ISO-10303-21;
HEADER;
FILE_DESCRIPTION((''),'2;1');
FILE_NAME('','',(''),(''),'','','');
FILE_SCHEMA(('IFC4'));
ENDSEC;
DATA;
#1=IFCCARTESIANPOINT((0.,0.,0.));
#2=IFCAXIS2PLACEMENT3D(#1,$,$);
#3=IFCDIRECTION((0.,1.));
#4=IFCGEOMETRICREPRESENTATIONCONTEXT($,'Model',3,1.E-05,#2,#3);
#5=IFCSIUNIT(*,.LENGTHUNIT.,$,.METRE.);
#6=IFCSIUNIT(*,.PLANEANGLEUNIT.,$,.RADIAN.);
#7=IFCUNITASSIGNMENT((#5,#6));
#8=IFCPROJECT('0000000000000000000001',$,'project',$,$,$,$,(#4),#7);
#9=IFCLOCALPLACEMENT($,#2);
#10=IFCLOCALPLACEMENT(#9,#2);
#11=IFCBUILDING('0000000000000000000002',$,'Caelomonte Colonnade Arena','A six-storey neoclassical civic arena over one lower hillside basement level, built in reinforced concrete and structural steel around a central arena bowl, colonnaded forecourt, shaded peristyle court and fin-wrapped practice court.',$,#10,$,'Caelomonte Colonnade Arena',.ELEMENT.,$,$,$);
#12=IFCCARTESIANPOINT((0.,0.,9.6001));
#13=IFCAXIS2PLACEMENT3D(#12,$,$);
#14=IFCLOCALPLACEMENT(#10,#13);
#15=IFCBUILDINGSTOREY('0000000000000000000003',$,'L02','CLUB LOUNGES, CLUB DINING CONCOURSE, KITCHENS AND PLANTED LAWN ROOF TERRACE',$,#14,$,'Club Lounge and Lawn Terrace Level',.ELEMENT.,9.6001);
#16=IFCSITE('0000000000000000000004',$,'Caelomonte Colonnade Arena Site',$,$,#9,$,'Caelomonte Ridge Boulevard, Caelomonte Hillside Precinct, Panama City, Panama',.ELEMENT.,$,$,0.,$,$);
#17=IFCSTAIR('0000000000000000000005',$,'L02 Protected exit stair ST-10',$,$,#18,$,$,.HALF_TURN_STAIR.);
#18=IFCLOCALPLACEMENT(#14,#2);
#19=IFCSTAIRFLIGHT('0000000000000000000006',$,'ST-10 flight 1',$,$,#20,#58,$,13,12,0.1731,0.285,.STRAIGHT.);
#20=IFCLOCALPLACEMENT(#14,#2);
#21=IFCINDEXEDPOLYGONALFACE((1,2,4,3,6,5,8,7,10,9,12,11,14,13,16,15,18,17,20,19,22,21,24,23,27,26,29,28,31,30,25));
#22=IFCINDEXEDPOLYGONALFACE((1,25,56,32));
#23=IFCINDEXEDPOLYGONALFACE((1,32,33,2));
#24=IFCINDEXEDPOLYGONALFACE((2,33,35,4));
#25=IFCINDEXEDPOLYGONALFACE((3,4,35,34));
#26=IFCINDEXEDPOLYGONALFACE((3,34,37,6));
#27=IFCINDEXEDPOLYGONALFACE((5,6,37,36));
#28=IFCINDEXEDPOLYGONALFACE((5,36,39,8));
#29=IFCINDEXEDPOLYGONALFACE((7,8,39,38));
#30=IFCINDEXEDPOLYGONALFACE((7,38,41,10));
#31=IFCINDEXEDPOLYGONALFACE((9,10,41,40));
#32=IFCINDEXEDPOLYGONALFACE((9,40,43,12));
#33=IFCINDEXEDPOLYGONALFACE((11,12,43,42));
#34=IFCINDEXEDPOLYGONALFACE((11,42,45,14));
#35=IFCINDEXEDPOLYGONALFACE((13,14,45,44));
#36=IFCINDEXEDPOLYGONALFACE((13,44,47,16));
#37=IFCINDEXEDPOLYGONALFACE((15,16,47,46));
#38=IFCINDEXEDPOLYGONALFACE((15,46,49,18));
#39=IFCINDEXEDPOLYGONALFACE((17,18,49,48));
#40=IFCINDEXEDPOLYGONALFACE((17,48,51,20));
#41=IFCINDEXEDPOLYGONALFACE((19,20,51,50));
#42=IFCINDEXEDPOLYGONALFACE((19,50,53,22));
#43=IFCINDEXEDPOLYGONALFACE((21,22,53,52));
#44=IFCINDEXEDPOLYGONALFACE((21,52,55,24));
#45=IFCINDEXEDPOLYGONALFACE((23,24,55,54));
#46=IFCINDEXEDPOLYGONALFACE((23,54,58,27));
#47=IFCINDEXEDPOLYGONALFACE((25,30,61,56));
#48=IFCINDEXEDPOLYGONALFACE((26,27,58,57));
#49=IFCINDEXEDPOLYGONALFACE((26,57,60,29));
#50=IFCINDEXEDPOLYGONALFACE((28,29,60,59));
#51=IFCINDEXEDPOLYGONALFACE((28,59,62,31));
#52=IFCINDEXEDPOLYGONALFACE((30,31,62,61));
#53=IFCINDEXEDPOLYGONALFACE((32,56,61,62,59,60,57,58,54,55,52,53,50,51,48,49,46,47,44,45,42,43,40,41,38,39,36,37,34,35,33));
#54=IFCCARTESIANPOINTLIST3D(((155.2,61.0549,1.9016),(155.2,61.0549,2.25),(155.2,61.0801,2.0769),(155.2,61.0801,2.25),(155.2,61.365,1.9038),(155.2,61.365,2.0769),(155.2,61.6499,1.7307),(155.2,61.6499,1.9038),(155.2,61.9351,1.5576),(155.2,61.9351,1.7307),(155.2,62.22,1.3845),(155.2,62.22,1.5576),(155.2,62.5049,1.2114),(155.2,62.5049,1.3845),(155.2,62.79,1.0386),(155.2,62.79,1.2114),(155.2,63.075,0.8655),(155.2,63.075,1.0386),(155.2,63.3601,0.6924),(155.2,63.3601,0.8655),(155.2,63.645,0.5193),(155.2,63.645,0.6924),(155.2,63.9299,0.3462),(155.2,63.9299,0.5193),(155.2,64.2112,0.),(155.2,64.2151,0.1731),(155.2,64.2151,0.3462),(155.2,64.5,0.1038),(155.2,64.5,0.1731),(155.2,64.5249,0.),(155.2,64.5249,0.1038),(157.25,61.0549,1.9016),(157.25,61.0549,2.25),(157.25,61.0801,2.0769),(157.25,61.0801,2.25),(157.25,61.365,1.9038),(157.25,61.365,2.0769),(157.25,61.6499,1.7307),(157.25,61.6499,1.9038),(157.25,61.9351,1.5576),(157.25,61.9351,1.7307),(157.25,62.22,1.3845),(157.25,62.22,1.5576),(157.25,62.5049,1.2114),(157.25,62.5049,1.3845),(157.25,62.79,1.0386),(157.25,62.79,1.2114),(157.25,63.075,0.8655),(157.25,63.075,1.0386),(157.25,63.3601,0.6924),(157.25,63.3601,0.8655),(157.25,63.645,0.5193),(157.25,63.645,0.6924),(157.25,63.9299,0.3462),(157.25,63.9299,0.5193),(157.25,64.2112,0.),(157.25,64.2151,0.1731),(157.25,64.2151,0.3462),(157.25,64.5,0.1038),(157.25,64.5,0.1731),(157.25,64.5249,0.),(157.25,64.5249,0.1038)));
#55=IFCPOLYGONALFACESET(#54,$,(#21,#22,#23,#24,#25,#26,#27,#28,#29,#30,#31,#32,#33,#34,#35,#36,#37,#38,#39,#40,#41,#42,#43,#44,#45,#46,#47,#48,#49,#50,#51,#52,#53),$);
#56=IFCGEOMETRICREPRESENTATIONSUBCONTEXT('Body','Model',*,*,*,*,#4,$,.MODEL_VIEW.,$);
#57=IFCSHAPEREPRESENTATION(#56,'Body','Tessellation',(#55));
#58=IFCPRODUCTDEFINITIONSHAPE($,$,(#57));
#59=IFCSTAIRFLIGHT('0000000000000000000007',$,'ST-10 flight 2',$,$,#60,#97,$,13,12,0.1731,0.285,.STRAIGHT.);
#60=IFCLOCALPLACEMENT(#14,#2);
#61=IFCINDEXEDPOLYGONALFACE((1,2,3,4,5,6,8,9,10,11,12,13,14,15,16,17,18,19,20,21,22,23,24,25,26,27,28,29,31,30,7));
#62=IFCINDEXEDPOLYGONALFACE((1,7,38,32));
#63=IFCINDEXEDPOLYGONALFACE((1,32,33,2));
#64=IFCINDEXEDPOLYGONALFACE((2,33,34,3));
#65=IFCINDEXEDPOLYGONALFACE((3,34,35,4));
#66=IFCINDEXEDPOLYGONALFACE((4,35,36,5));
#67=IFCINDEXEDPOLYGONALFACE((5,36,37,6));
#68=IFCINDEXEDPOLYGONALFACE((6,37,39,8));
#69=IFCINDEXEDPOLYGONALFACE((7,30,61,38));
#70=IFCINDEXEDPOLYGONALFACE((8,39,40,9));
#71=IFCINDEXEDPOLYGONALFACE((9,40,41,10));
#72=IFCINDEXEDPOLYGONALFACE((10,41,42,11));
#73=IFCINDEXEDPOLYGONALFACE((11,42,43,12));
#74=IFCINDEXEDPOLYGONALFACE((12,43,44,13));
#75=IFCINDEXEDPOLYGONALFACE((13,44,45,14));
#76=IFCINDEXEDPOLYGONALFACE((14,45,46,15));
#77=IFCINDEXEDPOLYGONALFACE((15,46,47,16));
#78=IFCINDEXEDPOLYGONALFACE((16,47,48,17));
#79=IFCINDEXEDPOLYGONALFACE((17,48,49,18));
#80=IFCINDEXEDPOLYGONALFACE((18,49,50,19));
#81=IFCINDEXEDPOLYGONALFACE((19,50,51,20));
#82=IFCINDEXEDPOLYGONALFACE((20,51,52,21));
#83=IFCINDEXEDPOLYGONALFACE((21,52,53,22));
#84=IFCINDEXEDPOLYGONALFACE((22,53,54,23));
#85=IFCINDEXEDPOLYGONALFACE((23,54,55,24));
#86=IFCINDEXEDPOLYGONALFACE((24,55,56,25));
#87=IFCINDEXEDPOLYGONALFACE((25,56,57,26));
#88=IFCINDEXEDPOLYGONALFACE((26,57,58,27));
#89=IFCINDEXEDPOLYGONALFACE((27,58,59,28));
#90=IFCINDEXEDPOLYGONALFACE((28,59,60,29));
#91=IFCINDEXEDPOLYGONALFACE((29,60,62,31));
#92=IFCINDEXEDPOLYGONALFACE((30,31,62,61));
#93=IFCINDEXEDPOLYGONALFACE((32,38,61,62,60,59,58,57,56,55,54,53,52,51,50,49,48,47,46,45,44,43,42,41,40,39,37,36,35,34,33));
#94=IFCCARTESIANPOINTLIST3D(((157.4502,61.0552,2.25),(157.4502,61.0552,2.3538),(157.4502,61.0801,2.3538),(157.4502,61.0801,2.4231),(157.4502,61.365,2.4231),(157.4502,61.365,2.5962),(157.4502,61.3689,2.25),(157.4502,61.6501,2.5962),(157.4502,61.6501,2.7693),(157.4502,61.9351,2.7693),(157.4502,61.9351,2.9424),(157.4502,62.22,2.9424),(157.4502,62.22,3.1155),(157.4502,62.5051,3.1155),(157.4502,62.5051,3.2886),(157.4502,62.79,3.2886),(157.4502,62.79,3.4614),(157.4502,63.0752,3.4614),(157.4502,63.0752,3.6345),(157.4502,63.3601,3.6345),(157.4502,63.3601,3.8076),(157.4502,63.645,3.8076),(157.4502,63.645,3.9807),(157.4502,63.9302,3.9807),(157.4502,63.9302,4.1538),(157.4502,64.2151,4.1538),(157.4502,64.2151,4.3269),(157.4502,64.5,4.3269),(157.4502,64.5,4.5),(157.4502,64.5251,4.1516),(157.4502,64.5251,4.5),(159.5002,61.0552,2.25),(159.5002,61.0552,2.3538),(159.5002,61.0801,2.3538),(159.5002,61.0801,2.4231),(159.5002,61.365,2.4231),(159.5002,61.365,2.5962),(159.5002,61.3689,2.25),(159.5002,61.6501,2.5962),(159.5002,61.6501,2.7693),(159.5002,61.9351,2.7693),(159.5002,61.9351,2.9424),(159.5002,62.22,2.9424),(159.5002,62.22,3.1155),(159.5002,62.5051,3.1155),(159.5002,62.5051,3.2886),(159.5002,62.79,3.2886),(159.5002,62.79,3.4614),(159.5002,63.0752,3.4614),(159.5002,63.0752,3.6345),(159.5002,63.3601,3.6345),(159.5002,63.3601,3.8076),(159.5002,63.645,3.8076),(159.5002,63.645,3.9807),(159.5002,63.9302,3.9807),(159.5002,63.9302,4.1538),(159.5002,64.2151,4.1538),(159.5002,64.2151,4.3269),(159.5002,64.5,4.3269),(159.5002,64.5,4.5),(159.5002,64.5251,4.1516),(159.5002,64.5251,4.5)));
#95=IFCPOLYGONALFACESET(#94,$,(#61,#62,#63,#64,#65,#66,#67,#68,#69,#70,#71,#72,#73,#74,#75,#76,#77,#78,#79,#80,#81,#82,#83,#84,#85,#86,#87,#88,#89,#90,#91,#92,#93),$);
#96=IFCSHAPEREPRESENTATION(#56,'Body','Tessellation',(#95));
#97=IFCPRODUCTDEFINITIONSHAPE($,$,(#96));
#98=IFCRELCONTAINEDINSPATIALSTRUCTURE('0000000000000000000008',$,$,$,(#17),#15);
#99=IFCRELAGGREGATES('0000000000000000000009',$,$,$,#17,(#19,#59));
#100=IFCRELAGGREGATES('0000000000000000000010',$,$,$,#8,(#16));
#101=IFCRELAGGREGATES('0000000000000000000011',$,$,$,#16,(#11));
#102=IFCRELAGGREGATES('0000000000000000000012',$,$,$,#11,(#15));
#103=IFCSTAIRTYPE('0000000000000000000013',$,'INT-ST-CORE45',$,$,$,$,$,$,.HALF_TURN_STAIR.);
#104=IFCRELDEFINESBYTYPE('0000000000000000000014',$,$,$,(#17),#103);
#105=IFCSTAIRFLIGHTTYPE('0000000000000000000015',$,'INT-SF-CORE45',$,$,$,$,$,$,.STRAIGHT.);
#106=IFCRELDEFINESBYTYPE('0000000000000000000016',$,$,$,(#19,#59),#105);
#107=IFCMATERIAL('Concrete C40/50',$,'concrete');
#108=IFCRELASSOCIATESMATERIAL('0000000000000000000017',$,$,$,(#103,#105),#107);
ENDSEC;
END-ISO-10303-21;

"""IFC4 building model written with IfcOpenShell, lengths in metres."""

from ifc_helpers import new_model, si_unit, direction, frame, origin, place, context, subcontext, project, spatial, polyline, outline, extrude, material, type_object, element, aggregate, save


model = new_model("IFC4")

# Units and contexts
model_context = context("Model", 3, precision=1e-05, world=origin(), true_north=direction((0.0, 1.0)))
body_context = subcontext(model_context, "Body", "Model", "MODEL_VIEW")
ifc_project = project(units=[si_unit("LENGTHUNIT", "METRE"), si_unit("PLANEANGLEUNIT", "RADIAN")], contexts=[model_context])

# Site, building, storey
site_placement = place(None, origin())
site = spatial("IfcSite", under=ifc_project, at=site_placement, Name="Caelomonte Colonnade Arena Site", LongName="Caelomonte Ridge Boulevard, Caelomonte Hillside Precinct, Panama City, Panama", CompositionType="ELEMENT", RefElevation=0.0)
building_placement = place(site_placement, origin())
building = spatial("IfcBuilding", under=site, at=building_placement, Name="Caelomonte Colonnade Arena", Description="A six-storey neoclassical civic arena over one lower hillside basement level, built in reinforced concrete and structural steel around a central arena bowl, colonnaded forecourt, shaded peristyle court and fin-wrapped practice court.", LongName="Caelomonte Colonnade Arena", CompositionType="ELEMENT")
storey_placement = place(building_placement, frame((0.0, 0.0, 9.6001)))
storey = spatial("IfcBuildingStorey", under=building, at=storey_placement, Name="L02", Description="CLUB LOUNGES, CLUB DINING CONCOURSE, KITCHENS AND PLANTED LAWN ROOF TERRACE", LongName="Club Lounge and Lawn Terrace Level", CompositionType="ELEMENT", Elevation=9.6001)

# Stair, stair flights
ifc_material_1 = material(Name="Concrete C40/50", Category="concrete")
stair_type = type_object("IfcStairType", Name="INT-ST-CORE45", PredefinedType="HALF_TURN_STAIR", material=ifc_material_1)
stair_placement = place(storey_placement, origin())
stair = element("IfcStair", 1, at=stair_placement, inside=storey, type_object=stair_type, Name="L02 Protected exit stair ST-10", PredefinedType="HALF_TURN_STAIR")
stair_flight_type = type_object("IfcStairFlightType", Name="INT-SF-CORE45", PredefinedType="STRAIGHT", material=ifc_material_1)
stair_flight_1_placement = place(storey_placement, frame((156.2251, 64.5, 0.0), z_axis=(0.0, 0.0, 1.0), x_axis=(0.0, -1.0, 0.0)))
stair_flight_1 = element("IfcStairFlight", 2, at=stair_flight_1_placement, type_object=stair_flight_type, Name="ST-10 flight 1", NumberOfRisers=13, NumberOfTreads=12, PredefinedType="STRAIGHT", RiserHeight=0.1731, TreadLength=0.285, context=body_context, shape_type="SweptSolid", body=[
    extrude(outline(polyline([(-0.0249, 0.0), (-0.0249, 0.1038), (0.0, 0.1038), (0.0, 0.1731), (0.2849, 0.1731), (0.2849, 0.3462), (0.5701, 0.3462), (0.5701, 0.5193), (0.855, 0.5193), (0.855, 0.6924), (1.1399, 0.6924), (1.1399, 0.8655), (1.425, 0.8655), (1.425, 1.0386), (1.71, 1.0386), (1.71, 1.2114), (1.9951, 1.2114), (1.9951, 1.3845), (2.28, 1.3845), (2.28, 1.5576), (2.5649, 1.5576), (2.5649, 1.7307), (2.8501, 1.7307), (2.8501, 1.9038), (3.135, 1.9038), (3.135, 2.0769), (3.4199, 2.0769), (3.4199, 2.25), (3.4451, 2.25), (3.4451, 1.9016), (0.2888, 0.0), (-0.0249, 0.0)])), frame((0.0, 1.0249, 0.0), z_axis=(0.0, -1.0, 0.0), x_axis=(1.0, 0.0, 0.0)), (0.0, 0.0, 1.0), 2.05),
])
stair_flight_2_placement = place(storey_placement, frame((158.4751, 61.0801, 2.25), z_axis=(0.0, 0.0, 1.0), x_axis=(0.0, 1.0, 0.0)))
stair_flight_2 = element("IfcStairFlight", 3, at=stair_flight_2_placement, type_object=stair_flight_type, Name="ST-10 flight 2", NumberOfRisers=13, NumberOfTreads=12, PredefinedType="STRAIGHT", RiserHeight=0.1731, TreadLength=0.285, context=body_context, shape_type="SweptSolid", body=[
    extrude(outline(polyline([(-0.0249, 0.0), (-0.0249, 0.1038), (0.0, 0.1038), (0.0, 0.1731), (0.2849, 0.1731), (0.2849, 0.3462), (0.5701, 0.3462), (0.5701, 0.5193), (0.855, 0.5193), (0.855, 0.6924), (1.1399, 0.6924), (1.1399, 0.8655), (1.425, 0.8655), (1.425, 1.0386), (1.71, 1.0386), (1.71, 1.2114), (1.9951, 1.2114), (1.9951, 1.3845), (2.28, 1.3845), (2.28, 1.5576), (2.5649, 1.5576), (2.5649, 1.7307), (2.8501, 1.7307), (2.8501, 1.9038), (3.135, 1.9038), (3.135, 2.0769), (3.4199, 2.0769), (3.4199, 2.25), (3.4451, 2.25), (3.4451, 1.9016), (0.2888, 0.0), (-0.0249, 0.0)])), frame((0.0, 1.0249, 0.0), z_axis=(0.0, -1.0, 0.0), x_axis=(1.0, 0.0, 0.0)), (0.0, 0.0, 1.0), 2.05),
])
aggregate(stair, [stair_flight_1, stair_flight_2])

save(model, "model.ifc")
